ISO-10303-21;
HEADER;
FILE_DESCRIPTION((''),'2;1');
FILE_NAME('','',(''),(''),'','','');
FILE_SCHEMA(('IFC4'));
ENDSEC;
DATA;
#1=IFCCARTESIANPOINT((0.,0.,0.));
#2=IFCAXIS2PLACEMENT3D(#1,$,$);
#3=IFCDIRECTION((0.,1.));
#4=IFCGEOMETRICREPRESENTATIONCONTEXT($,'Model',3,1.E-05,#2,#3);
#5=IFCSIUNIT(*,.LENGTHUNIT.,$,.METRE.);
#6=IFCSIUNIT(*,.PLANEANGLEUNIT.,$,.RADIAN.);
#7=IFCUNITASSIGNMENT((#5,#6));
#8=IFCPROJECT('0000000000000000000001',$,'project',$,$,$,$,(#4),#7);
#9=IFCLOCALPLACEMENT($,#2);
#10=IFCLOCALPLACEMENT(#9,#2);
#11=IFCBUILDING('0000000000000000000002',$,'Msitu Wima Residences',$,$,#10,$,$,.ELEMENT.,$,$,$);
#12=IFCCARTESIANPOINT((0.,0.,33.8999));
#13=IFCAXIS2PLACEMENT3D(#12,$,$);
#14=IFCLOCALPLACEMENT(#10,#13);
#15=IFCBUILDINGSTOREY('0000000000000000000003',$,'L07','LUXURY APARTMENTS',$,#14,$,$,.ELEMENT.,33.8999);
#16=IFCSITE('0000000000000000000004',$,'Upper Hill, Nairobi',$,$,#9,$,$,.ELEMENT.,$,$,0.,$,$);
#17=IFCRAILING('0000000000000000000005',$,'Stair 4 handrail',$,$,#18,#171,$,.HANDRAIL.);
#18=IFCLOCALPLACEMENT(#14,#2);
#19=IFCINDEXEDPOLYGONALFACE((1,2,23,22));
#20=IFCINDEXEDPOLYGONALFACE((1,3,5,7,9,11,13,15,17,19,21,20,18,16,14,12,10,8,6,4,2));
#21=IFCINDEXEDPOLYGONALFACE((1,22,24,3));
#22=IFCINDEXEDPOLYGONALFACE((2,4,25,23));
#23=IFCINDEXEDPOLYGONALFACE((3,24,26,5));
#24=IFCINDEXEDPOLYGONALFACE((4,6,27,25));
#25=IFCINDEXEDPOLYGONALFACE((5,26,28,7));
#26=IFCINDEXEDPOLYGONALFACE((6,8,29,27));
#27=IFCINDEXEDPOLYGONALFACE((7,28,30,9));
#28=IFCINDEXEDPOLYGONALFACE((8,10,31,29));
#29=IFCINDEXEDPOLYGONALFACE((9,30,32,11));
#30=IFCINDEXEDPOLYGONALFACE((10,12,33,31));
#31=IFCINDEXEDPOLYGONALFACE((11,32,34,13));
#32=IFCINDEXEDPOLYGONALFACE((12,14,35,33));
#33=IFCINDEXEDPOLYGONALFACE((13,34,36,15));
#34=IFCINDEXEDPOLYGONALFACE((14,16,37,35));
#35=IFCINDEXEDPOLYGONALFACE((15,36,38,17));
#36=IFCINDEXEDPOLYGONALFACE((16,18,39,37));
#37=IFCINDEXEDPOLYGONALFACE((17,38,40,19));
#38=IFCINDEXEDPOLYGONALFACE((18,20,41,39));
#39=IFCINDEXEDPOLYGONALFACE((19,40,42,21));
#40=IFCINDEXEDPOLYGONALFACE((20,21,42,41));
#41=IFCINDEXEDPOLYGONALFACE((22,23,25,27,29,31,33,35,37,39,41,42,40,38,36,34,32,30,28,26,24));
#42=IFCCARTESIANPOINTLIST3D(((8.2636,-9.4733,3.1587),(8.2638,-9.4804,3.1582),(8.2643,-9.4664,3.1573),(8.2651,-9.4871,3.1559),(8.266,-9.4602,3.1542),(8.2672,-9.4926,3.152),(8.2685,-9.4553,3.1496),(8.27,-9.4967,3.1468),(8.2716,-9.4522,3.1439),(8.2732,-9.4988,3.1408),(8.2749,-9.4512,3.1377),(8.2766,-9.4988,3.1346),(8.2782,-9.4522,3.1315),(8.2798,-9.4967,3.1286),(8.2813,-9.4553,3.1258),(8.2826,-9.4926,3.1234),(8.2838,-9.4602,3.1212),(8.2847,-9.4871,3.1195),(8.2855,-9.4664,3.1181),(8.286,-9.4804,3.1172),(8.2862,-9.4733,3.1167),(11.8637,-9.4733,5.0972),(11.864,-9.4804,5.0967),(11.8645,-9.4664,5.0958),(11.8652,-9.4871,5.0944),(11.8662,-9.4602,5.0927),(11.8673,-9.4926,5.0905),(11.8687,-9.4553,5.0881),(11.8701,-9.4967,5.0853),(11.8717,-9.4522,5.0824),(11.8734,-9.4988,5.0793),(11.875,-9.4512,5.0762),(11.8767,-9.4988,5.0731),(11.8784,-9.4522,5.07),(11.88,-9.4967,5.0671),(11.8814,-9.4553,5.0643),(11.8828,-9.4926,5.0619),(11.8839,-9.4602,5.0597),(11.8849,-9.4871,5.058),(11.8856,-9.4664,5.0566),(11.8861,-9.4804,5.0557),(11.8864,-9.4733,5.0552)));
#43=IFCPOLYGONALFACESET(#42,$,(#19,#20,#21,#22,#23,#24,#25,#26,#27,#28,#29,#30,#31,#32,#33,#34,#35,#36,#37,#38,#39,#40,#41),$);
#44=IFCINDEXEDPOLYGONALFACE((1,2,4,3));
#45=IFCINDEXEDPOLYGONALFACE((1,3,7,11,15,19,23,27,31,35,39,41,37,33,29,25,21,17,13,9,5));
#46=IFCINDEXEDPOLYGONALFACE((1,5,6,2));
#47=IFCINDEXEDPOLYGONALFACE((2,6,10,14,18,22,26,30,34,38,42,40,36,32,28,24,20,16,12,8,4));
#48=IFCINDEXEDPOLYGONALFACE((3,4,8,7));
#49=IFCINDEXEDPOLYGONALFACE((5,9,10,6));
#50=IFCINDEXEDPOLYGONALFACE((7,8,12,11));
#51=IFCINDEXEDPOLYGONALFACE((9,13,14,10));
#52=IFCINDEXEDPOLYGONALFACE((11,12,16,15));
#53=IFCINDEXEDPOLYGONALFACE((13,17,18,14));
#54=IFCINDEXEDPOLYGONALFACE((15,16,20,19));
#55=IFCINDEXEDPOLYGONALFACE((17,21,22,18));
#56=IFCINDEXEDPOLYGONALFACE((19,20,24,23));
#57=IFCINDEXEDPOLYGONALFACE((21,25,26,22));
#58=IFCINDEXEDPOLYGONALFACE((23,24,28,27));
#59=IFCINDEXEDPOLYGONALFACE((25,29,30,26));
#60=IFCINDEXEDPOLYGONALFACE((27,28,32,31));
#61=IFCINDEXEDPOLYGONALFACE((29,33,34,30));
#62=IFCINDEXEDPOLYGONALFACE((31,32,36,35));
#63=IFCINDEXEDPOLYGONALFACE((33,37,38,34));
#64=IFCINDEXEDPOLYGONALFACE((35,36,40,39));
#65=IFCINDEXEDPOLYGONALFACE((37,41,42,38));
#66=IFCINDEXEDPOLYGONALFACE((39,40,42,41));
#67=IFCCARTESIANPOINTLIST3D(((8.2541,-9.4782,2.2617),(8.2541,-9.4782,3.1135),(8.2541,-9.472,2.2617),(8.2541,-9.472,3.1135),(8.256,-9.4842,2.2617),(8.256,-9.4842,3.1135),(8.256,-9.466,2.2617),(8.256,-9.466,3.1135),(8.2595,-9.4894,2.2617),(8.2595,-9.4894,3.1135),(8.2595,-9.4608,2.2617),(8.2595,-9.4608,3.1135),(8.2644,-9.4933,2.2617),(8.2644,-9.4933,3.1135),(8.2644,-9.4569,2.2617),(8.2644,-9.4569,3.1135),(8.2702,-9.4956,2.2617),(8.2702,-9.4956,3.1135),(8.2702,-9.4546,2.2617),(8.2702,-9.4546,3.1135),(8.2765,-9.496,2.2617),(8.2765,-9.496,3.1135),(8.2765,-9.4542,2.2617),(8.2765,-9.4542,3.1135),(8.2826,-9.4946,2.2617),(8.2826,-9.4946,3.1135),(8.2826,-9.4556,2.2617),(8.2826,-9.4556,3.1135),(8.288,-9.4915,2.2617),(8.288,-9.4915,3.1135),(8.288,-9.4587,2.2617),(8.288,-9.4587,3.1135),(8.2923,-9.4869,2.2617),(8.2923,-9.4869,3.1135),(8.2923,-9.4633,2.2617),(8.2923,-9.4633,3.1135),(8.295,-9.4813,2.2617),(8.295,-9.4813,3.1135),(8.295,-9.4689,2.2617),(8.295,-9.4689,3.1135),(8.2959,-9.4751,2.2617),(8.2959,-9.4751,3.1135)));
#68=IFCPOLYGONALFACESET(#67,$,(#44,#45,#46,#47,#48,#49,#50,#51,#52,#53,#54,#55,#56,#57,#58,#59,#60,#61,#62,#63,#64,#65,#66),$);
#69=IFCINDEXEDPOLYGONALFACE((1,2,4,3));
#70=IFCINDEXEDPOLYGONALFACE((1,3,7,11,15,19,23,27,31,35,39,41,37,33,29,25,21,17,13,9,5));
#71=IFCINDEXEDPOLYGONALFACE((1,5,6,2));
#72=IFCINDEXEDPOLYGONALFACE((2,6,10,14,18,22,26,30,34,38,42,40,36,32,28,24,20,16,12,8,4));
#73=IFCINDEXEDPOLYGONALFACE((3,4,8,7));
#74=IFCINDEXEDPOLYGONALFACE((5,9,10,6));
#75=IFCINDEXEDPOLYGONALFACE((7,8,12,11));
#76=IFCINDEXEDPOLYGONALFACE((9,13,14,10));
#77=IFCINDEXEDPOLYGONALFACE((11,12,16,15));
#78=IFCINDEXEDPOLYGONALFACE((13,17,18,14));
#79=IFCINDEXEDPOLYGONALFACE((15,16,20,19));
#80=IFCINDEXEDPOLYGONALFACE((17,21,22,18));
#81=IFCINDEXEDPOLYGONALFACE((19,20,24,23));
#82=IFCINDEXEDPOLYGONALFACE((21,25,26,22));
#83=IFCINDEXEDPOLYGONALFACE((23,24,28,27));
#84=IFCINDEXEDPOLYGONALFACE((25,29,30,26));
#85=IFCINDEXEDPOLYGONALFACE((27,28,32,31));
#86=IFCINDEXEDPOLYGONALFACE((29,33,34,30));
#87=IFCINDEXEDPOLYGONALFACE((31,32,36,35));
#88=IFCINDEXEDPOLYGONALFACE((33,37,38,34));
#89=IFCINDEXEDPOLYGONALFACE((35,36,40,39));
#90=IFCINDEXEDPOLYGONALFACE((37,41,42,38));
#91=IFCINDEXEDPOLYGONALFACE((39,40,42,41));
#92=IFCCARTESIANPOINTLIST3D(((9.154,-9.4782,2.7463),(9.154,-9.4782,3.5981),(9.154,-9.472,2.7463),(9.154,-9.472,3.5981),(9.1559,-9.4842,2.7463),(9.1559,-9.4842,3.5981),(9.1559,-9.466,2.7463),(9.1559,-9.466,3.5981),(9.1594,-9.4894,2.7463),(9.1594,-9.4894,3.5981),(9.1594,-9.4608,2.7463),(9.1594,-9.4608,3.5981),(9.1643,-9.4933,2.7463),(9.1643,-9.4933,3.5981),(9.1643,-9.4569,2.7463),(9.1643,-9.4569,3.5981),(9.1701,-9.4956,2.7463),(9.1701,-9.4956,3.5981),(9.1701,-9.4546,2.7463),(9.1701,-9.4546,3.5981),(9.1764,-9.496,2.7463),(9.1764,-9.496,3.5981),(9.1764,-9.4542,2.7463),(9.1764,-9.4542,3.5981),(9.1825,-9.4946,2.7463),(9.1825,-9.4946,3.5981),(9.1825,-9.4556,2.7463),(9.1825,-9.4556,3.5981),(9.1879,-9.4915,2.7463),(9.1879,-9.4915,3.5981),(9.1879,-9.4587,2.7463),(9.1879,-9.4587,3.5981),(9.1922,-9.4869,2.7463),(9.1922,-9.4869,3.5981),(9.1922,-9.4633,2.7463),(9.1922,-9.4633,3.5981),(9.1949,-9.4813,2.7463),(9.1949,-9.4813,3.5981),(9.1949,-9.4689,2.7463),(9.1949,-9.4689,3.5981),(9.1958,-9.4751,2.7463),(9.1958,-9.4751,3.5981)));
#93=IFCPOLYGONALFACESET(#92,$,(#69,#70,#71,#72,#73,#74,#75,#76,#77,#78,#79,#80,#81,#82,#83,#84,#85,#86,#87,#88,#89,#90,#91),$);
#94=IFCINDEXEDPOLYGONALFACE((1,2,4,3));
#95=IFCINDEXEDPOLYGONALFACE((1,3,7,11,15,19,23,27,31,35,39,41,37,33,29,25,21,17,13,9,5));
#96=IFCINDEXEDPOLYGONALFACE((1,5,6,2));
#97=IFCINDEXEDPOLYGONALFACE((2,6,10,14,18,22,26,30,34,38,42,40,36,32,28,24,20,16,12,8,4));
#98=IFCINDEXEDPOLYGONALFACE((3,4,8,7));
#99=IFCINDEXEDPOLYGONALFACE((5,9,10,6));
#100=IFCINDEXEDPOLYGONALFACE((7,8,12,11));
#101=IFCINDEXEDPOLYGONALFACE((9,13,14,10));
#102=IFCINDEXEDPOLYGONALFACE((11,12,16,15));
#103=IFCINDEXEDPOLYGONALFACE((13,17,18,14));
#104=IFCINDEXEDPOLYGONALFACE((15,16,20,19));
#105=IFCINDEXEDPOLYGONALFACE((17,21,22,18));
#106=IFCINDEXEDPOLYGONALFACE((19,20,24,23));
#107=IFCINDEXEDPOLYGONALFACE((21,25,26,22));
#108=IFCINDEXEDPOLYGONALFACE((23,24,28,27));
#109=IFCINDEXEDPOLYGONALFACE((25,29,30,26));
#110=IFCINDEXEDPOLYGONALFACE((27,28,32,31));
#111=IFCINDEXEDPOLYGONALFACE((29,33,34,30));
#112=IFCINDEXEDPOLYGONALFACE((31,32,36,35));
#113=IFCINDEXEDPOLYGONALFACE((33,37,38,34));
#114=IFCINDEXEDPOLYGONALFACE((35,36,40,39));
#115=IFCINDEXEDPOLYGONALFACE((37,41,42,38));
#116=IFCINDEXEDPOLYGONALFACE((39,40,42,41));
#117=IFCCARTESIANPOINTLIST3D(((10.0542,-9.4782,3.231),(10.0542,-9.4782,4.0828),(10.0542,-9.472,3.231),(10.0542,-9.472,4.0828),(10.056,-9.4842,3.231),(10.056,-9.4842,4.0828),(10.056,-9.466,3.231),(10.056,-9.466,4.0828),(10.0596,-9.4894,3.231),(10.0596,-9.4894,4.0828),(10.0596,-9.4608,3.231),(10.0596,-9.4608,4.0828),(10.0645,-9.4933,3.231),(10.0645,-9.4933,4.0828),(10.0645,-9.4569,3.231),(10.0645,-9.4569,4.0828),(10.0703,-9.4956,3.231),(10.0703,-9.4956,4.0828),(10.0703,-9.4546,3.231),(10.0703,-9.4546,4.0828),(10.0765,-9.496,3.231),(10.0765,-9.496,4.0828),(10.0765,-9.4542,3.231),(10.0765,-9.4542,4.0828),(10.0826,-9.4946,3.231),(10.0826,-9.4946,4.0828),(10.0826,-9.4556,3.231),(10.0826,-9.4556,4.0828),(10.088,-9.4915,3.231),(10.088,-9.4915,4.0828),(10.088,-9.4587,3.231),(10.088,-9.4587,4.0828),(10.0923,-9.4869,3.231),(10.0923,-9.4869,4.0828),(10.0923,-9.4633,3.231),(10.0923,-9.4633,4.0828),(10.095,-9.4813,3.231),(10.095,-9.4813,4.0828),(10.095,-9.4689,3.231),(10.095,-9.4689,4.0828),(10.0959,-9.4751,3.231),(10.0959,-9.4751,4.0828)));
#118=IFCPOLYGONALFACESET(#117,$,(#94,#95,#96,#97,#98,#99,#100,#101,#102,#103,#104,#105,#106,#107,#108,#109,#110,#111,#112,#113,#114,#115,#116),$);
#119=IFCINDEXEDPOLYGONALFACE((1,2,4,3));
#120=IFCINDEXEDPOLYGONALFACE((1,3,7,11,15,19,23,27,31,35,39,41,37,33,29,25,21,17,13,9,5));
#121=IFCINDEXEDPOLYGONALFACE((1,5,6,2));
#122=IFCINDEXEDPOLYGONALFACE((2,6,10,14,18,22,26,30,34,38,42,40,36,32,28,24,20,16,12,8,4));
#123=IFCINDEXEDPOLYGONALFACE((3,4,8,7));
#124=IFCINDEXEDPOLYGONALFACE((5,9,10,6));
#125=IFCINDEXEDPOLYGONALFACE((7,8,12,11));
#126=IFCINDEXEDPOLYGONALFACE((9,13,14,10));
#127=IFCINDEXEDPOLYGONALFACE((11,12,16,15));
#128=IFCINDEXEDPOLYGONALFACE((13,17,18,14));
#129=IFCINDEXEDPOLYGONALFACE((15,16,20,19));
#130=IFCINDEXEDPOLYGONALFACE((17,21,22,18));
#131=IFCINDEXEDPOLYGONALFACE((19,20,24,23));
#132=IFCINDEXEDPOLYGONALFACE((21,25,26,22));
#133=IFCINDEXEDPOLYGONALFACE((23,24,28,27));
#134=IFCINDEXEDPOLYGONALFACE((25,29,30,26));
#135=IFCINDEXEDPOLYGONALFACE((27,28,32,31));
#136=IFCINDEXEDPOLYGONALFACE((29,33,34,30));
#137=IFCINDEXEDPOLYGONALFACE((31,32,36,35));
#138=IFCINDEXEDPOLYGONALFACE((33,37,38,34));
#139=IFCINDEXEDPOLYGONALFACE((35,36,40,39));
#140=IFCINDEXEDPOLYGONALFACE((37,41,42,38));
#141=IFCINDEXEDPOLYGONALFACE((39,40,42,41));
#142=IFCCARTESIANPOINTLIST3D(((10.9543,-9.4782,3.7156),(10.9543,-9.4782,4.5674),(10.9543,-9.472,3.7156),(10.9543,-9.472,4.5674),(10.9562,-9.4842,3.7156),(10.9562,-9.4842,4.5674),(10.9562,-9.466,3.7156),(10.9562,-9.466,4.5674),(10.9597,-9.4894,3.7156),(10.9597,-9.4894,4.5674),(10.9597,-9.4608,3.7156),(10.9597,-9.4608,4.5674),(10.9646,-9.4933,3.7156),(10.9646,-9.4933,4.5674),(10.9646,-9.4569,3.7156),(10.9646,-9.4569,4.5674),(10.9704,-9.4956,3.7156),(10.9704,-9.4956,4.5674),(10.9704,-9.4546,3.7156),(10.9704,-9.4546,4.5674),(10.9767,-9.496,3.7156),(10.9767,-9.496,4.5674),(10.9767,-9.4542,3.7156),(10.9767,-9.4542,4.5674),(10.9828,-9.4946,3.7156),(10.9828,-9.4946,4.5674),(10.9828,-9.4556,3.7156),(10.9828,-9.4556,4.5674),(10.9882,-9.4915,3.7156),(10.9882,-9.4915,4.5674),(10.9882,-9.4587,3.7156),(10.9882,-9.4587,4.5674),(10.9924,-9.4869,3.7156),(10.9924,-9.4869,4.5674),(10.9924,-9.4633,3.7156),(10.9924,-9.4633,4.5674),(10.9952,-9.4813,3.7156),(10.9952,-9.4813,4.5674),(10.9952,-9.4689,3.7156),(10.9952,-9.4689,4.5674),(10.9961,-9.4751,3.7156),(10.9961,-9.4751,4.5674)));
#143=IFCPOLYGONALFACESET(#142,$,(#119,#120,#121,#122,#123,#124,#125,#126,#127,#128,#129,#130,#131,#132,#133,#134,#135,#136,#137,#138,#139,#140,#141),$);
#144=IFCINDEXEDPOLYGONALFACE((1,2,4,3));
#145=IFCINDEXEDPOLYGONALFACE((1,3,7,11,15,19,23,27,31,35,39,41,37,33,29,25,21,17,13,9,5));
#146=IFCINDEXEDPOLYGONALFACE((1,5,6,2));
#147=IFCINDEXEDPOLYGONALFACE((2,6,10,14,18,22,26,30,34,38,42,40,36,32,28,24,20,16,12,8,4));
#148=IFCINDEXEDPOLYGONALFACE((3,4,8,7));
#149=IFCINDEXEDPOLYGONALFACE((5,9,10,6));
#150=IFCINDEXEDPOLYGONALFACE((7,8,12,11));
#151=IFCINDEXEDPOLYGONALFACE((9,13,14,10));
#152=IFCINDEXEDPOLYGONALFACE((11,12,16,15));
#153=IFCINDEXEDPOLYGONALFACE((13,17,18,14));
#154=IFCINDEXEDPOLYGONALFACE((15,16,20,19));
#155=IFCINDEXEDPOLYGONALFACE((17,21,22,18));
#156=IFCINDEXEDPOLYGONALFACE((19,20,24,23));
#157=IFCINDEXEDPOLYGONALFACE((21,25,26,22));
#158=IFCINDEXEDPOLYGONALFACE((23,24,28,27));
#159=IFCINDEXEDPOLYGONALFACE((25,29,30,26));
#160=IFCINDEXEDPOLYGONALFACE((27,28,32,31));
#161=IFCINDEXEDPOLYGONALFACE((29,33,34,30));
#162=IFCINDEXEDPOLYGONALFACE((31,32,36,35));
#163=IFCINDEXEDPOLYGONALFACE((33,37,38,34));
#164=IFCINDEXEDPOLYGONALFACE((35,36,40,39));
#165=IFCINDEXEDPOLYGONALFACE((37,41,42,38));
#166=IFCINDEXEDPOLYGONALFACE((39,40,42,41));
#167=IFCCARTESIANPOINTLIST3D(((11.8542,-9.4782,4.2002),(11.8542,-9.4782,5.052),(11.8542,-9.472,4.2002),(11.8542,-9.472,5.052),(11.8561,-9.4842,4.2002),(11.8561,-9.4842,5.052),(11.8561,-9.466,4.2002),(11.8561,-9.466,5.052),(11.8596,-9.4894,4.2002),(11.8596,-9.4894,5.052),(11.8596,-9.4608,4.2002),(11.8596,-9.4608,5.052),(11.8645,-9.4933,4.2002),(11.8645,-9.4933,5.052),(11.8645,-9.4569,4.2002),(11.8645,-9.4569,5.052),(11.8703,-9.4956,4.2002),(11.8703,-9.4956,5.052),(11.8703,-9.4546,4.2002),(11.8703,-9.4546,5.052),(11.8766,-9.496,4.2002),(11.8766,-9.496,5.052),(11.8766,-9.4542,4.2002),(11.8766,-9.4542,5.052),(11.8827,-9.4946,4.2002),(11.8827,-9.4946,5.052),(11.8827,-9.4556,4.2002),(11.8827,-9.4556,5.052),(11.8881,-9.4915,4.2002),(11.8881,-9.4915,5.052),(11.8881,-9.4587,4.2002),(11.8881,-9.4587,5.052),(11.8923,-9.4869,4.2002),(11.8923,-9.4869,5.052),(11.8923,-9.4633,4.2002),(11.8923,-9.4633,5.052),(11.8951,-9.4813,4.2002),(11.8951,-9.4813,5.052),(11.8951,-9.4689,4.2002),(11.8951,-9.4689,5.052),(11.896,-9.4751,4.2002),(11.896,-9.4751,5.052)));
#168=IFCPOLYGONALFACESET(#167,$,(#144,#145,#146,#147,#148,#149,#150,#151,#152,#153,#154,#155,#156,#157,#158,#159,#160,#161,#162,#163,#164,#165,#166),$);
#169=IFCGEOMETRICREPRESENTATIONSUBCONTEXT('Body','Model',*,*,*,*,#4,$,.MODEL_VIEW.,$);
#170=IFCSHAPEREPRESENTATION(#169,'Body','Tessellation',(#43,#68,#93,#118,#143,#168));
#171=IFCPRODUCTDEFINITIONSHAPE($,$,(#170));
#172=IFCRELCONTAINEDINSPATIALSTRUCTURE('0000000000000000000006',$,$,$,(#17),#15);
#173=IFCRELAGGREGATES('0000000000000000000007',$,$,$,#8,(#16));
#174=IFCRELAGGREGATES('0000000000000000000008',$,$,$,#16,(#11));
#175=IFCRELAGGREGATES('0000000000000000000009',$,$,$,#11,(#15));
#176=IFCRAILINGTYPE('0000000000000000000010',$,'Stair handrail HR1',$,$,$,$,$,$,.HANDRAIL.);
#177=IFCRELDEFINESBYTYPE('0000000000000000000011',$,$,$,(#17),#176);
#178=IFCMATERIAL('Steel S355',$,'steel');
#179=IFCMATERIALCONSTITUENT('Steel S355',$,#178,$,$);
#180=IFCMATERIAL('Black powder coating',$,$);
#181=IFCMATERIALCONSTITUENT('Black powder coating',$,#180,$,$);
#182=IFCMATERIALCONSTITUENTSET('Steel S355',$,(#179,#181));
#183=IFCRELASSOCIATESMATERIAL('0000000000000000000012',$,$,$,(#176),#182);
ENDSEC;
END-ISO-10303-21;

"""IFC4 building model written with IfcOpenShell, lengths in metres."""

from ifc_helpers import new_model, si_unit, direction, frame, origin, origin_2d, place, context, subcontext, project, spatial, circle, extrude, material, constituent, constituent_set, type_object, element, save


model = new_model("IFC4")

# Units and contexts
model_context = context("Model", 3, precision=1e-05, world=origin(), true_north=direction((0.0, 1.0)))
body_context = subcontext(model_context, "Body", "Model", "MODEL_VIEW")
ifc_project = project(units=[si_unit("LENGTHUNIT", "METRE"), si_unit("PLANEANGLEUNIT", "RADIAN")], contexts=[model_context])

# Site, building, storey
site_placement = place(None, origin())
site = spatial("IfcSite", under=ifc_project, at=site_placement, Name="Upper Hill, Nairobi", CompositionType="ELEMENT", RefElevation=0.0)
building_placement = place(site_placement, origin())
building = spatial("IfcBuilding", under=site, at=building_placement, Name="Msitu Wima Residences", CompositionType="ELEMENT")
storey_placement = place(building_placement, frame((0.0, 0.0, 33.8999)))
storey = spatial("IfcBuildingStorey", under=building, at=storey_placement, Name="L07", Description="LUXURY APARTMENTS", CompositionType="ELEMENT", Elevation=33.8999)

# Railing
ifc_material_1 = material(Name="Steel S355", Category="steel")
ifc_constituent_1 = constituent(ifc_material_1, Name="Steel S355")
ifc_material_2 = material(Name="Black powder coating")
ifc_constituent_2 = constituent(ifc_material_2, Name="Black powder coating")
ifc_constituent_set = constituent_set(constituents=[ifc_constituent_1, ifc_constituent_2], Name="Steel S355")
railing_type = type_object("IfcRailingType", Name="Stair handrail HR1", PredefinedType="HANDRAIL", material=ifc_constituent_set)
for number, where, name in (
    (1, (8.2749, -9.4751, 2.2617), "Stair 4 handrail"),
):
    element("IfcRailing", number, at=place(storey_placement, frame(where)), inside=storey, type_object=railing_type, Name=name, PredefinedType="HANDRAIL", context=body_context, shape_type="SweptSolid", body=[
        extrude(circle(Radius=0.0239, at=origin_2d()), frame((0.0, 0.0, 0.876), z_axis=(0.880475, 0.0, 0.474093), x_axis=(0.0, 1.0, 0.0)), (0.0, 0.0, 1.0), 4.0889),
        extrude(circle(Radius=0.021, at=origin_2d()), origin(), (0.0, 0.0, 1.0), 0.8518),
        extrude(circle(Radius=0.021, at=origin_2d()), frame((0.8999, 0.0, 0.4846)), (0.0, 0.0, 1.0), 0.8518),
        extrude(circle(Radius=0.021, at=origin_2d()), frame((1.8, 0.0, 0.9692)), (0.0, 0.0, 1.0), 0.8518),
        extrude(circle(Radius=0.021, at=origin_2d()), frame((2.7002, 0.0, 1.4539)), (0.0, 0.0, 1.0), 0.8518),
        extrude(circle(Radius=0.021, at=origin_2d()), frame((3.6001, 0.0, 1.9385)), (0.0, 0.0, 1.0), 0.8518),
    ])

save(model, "model.ifc")
